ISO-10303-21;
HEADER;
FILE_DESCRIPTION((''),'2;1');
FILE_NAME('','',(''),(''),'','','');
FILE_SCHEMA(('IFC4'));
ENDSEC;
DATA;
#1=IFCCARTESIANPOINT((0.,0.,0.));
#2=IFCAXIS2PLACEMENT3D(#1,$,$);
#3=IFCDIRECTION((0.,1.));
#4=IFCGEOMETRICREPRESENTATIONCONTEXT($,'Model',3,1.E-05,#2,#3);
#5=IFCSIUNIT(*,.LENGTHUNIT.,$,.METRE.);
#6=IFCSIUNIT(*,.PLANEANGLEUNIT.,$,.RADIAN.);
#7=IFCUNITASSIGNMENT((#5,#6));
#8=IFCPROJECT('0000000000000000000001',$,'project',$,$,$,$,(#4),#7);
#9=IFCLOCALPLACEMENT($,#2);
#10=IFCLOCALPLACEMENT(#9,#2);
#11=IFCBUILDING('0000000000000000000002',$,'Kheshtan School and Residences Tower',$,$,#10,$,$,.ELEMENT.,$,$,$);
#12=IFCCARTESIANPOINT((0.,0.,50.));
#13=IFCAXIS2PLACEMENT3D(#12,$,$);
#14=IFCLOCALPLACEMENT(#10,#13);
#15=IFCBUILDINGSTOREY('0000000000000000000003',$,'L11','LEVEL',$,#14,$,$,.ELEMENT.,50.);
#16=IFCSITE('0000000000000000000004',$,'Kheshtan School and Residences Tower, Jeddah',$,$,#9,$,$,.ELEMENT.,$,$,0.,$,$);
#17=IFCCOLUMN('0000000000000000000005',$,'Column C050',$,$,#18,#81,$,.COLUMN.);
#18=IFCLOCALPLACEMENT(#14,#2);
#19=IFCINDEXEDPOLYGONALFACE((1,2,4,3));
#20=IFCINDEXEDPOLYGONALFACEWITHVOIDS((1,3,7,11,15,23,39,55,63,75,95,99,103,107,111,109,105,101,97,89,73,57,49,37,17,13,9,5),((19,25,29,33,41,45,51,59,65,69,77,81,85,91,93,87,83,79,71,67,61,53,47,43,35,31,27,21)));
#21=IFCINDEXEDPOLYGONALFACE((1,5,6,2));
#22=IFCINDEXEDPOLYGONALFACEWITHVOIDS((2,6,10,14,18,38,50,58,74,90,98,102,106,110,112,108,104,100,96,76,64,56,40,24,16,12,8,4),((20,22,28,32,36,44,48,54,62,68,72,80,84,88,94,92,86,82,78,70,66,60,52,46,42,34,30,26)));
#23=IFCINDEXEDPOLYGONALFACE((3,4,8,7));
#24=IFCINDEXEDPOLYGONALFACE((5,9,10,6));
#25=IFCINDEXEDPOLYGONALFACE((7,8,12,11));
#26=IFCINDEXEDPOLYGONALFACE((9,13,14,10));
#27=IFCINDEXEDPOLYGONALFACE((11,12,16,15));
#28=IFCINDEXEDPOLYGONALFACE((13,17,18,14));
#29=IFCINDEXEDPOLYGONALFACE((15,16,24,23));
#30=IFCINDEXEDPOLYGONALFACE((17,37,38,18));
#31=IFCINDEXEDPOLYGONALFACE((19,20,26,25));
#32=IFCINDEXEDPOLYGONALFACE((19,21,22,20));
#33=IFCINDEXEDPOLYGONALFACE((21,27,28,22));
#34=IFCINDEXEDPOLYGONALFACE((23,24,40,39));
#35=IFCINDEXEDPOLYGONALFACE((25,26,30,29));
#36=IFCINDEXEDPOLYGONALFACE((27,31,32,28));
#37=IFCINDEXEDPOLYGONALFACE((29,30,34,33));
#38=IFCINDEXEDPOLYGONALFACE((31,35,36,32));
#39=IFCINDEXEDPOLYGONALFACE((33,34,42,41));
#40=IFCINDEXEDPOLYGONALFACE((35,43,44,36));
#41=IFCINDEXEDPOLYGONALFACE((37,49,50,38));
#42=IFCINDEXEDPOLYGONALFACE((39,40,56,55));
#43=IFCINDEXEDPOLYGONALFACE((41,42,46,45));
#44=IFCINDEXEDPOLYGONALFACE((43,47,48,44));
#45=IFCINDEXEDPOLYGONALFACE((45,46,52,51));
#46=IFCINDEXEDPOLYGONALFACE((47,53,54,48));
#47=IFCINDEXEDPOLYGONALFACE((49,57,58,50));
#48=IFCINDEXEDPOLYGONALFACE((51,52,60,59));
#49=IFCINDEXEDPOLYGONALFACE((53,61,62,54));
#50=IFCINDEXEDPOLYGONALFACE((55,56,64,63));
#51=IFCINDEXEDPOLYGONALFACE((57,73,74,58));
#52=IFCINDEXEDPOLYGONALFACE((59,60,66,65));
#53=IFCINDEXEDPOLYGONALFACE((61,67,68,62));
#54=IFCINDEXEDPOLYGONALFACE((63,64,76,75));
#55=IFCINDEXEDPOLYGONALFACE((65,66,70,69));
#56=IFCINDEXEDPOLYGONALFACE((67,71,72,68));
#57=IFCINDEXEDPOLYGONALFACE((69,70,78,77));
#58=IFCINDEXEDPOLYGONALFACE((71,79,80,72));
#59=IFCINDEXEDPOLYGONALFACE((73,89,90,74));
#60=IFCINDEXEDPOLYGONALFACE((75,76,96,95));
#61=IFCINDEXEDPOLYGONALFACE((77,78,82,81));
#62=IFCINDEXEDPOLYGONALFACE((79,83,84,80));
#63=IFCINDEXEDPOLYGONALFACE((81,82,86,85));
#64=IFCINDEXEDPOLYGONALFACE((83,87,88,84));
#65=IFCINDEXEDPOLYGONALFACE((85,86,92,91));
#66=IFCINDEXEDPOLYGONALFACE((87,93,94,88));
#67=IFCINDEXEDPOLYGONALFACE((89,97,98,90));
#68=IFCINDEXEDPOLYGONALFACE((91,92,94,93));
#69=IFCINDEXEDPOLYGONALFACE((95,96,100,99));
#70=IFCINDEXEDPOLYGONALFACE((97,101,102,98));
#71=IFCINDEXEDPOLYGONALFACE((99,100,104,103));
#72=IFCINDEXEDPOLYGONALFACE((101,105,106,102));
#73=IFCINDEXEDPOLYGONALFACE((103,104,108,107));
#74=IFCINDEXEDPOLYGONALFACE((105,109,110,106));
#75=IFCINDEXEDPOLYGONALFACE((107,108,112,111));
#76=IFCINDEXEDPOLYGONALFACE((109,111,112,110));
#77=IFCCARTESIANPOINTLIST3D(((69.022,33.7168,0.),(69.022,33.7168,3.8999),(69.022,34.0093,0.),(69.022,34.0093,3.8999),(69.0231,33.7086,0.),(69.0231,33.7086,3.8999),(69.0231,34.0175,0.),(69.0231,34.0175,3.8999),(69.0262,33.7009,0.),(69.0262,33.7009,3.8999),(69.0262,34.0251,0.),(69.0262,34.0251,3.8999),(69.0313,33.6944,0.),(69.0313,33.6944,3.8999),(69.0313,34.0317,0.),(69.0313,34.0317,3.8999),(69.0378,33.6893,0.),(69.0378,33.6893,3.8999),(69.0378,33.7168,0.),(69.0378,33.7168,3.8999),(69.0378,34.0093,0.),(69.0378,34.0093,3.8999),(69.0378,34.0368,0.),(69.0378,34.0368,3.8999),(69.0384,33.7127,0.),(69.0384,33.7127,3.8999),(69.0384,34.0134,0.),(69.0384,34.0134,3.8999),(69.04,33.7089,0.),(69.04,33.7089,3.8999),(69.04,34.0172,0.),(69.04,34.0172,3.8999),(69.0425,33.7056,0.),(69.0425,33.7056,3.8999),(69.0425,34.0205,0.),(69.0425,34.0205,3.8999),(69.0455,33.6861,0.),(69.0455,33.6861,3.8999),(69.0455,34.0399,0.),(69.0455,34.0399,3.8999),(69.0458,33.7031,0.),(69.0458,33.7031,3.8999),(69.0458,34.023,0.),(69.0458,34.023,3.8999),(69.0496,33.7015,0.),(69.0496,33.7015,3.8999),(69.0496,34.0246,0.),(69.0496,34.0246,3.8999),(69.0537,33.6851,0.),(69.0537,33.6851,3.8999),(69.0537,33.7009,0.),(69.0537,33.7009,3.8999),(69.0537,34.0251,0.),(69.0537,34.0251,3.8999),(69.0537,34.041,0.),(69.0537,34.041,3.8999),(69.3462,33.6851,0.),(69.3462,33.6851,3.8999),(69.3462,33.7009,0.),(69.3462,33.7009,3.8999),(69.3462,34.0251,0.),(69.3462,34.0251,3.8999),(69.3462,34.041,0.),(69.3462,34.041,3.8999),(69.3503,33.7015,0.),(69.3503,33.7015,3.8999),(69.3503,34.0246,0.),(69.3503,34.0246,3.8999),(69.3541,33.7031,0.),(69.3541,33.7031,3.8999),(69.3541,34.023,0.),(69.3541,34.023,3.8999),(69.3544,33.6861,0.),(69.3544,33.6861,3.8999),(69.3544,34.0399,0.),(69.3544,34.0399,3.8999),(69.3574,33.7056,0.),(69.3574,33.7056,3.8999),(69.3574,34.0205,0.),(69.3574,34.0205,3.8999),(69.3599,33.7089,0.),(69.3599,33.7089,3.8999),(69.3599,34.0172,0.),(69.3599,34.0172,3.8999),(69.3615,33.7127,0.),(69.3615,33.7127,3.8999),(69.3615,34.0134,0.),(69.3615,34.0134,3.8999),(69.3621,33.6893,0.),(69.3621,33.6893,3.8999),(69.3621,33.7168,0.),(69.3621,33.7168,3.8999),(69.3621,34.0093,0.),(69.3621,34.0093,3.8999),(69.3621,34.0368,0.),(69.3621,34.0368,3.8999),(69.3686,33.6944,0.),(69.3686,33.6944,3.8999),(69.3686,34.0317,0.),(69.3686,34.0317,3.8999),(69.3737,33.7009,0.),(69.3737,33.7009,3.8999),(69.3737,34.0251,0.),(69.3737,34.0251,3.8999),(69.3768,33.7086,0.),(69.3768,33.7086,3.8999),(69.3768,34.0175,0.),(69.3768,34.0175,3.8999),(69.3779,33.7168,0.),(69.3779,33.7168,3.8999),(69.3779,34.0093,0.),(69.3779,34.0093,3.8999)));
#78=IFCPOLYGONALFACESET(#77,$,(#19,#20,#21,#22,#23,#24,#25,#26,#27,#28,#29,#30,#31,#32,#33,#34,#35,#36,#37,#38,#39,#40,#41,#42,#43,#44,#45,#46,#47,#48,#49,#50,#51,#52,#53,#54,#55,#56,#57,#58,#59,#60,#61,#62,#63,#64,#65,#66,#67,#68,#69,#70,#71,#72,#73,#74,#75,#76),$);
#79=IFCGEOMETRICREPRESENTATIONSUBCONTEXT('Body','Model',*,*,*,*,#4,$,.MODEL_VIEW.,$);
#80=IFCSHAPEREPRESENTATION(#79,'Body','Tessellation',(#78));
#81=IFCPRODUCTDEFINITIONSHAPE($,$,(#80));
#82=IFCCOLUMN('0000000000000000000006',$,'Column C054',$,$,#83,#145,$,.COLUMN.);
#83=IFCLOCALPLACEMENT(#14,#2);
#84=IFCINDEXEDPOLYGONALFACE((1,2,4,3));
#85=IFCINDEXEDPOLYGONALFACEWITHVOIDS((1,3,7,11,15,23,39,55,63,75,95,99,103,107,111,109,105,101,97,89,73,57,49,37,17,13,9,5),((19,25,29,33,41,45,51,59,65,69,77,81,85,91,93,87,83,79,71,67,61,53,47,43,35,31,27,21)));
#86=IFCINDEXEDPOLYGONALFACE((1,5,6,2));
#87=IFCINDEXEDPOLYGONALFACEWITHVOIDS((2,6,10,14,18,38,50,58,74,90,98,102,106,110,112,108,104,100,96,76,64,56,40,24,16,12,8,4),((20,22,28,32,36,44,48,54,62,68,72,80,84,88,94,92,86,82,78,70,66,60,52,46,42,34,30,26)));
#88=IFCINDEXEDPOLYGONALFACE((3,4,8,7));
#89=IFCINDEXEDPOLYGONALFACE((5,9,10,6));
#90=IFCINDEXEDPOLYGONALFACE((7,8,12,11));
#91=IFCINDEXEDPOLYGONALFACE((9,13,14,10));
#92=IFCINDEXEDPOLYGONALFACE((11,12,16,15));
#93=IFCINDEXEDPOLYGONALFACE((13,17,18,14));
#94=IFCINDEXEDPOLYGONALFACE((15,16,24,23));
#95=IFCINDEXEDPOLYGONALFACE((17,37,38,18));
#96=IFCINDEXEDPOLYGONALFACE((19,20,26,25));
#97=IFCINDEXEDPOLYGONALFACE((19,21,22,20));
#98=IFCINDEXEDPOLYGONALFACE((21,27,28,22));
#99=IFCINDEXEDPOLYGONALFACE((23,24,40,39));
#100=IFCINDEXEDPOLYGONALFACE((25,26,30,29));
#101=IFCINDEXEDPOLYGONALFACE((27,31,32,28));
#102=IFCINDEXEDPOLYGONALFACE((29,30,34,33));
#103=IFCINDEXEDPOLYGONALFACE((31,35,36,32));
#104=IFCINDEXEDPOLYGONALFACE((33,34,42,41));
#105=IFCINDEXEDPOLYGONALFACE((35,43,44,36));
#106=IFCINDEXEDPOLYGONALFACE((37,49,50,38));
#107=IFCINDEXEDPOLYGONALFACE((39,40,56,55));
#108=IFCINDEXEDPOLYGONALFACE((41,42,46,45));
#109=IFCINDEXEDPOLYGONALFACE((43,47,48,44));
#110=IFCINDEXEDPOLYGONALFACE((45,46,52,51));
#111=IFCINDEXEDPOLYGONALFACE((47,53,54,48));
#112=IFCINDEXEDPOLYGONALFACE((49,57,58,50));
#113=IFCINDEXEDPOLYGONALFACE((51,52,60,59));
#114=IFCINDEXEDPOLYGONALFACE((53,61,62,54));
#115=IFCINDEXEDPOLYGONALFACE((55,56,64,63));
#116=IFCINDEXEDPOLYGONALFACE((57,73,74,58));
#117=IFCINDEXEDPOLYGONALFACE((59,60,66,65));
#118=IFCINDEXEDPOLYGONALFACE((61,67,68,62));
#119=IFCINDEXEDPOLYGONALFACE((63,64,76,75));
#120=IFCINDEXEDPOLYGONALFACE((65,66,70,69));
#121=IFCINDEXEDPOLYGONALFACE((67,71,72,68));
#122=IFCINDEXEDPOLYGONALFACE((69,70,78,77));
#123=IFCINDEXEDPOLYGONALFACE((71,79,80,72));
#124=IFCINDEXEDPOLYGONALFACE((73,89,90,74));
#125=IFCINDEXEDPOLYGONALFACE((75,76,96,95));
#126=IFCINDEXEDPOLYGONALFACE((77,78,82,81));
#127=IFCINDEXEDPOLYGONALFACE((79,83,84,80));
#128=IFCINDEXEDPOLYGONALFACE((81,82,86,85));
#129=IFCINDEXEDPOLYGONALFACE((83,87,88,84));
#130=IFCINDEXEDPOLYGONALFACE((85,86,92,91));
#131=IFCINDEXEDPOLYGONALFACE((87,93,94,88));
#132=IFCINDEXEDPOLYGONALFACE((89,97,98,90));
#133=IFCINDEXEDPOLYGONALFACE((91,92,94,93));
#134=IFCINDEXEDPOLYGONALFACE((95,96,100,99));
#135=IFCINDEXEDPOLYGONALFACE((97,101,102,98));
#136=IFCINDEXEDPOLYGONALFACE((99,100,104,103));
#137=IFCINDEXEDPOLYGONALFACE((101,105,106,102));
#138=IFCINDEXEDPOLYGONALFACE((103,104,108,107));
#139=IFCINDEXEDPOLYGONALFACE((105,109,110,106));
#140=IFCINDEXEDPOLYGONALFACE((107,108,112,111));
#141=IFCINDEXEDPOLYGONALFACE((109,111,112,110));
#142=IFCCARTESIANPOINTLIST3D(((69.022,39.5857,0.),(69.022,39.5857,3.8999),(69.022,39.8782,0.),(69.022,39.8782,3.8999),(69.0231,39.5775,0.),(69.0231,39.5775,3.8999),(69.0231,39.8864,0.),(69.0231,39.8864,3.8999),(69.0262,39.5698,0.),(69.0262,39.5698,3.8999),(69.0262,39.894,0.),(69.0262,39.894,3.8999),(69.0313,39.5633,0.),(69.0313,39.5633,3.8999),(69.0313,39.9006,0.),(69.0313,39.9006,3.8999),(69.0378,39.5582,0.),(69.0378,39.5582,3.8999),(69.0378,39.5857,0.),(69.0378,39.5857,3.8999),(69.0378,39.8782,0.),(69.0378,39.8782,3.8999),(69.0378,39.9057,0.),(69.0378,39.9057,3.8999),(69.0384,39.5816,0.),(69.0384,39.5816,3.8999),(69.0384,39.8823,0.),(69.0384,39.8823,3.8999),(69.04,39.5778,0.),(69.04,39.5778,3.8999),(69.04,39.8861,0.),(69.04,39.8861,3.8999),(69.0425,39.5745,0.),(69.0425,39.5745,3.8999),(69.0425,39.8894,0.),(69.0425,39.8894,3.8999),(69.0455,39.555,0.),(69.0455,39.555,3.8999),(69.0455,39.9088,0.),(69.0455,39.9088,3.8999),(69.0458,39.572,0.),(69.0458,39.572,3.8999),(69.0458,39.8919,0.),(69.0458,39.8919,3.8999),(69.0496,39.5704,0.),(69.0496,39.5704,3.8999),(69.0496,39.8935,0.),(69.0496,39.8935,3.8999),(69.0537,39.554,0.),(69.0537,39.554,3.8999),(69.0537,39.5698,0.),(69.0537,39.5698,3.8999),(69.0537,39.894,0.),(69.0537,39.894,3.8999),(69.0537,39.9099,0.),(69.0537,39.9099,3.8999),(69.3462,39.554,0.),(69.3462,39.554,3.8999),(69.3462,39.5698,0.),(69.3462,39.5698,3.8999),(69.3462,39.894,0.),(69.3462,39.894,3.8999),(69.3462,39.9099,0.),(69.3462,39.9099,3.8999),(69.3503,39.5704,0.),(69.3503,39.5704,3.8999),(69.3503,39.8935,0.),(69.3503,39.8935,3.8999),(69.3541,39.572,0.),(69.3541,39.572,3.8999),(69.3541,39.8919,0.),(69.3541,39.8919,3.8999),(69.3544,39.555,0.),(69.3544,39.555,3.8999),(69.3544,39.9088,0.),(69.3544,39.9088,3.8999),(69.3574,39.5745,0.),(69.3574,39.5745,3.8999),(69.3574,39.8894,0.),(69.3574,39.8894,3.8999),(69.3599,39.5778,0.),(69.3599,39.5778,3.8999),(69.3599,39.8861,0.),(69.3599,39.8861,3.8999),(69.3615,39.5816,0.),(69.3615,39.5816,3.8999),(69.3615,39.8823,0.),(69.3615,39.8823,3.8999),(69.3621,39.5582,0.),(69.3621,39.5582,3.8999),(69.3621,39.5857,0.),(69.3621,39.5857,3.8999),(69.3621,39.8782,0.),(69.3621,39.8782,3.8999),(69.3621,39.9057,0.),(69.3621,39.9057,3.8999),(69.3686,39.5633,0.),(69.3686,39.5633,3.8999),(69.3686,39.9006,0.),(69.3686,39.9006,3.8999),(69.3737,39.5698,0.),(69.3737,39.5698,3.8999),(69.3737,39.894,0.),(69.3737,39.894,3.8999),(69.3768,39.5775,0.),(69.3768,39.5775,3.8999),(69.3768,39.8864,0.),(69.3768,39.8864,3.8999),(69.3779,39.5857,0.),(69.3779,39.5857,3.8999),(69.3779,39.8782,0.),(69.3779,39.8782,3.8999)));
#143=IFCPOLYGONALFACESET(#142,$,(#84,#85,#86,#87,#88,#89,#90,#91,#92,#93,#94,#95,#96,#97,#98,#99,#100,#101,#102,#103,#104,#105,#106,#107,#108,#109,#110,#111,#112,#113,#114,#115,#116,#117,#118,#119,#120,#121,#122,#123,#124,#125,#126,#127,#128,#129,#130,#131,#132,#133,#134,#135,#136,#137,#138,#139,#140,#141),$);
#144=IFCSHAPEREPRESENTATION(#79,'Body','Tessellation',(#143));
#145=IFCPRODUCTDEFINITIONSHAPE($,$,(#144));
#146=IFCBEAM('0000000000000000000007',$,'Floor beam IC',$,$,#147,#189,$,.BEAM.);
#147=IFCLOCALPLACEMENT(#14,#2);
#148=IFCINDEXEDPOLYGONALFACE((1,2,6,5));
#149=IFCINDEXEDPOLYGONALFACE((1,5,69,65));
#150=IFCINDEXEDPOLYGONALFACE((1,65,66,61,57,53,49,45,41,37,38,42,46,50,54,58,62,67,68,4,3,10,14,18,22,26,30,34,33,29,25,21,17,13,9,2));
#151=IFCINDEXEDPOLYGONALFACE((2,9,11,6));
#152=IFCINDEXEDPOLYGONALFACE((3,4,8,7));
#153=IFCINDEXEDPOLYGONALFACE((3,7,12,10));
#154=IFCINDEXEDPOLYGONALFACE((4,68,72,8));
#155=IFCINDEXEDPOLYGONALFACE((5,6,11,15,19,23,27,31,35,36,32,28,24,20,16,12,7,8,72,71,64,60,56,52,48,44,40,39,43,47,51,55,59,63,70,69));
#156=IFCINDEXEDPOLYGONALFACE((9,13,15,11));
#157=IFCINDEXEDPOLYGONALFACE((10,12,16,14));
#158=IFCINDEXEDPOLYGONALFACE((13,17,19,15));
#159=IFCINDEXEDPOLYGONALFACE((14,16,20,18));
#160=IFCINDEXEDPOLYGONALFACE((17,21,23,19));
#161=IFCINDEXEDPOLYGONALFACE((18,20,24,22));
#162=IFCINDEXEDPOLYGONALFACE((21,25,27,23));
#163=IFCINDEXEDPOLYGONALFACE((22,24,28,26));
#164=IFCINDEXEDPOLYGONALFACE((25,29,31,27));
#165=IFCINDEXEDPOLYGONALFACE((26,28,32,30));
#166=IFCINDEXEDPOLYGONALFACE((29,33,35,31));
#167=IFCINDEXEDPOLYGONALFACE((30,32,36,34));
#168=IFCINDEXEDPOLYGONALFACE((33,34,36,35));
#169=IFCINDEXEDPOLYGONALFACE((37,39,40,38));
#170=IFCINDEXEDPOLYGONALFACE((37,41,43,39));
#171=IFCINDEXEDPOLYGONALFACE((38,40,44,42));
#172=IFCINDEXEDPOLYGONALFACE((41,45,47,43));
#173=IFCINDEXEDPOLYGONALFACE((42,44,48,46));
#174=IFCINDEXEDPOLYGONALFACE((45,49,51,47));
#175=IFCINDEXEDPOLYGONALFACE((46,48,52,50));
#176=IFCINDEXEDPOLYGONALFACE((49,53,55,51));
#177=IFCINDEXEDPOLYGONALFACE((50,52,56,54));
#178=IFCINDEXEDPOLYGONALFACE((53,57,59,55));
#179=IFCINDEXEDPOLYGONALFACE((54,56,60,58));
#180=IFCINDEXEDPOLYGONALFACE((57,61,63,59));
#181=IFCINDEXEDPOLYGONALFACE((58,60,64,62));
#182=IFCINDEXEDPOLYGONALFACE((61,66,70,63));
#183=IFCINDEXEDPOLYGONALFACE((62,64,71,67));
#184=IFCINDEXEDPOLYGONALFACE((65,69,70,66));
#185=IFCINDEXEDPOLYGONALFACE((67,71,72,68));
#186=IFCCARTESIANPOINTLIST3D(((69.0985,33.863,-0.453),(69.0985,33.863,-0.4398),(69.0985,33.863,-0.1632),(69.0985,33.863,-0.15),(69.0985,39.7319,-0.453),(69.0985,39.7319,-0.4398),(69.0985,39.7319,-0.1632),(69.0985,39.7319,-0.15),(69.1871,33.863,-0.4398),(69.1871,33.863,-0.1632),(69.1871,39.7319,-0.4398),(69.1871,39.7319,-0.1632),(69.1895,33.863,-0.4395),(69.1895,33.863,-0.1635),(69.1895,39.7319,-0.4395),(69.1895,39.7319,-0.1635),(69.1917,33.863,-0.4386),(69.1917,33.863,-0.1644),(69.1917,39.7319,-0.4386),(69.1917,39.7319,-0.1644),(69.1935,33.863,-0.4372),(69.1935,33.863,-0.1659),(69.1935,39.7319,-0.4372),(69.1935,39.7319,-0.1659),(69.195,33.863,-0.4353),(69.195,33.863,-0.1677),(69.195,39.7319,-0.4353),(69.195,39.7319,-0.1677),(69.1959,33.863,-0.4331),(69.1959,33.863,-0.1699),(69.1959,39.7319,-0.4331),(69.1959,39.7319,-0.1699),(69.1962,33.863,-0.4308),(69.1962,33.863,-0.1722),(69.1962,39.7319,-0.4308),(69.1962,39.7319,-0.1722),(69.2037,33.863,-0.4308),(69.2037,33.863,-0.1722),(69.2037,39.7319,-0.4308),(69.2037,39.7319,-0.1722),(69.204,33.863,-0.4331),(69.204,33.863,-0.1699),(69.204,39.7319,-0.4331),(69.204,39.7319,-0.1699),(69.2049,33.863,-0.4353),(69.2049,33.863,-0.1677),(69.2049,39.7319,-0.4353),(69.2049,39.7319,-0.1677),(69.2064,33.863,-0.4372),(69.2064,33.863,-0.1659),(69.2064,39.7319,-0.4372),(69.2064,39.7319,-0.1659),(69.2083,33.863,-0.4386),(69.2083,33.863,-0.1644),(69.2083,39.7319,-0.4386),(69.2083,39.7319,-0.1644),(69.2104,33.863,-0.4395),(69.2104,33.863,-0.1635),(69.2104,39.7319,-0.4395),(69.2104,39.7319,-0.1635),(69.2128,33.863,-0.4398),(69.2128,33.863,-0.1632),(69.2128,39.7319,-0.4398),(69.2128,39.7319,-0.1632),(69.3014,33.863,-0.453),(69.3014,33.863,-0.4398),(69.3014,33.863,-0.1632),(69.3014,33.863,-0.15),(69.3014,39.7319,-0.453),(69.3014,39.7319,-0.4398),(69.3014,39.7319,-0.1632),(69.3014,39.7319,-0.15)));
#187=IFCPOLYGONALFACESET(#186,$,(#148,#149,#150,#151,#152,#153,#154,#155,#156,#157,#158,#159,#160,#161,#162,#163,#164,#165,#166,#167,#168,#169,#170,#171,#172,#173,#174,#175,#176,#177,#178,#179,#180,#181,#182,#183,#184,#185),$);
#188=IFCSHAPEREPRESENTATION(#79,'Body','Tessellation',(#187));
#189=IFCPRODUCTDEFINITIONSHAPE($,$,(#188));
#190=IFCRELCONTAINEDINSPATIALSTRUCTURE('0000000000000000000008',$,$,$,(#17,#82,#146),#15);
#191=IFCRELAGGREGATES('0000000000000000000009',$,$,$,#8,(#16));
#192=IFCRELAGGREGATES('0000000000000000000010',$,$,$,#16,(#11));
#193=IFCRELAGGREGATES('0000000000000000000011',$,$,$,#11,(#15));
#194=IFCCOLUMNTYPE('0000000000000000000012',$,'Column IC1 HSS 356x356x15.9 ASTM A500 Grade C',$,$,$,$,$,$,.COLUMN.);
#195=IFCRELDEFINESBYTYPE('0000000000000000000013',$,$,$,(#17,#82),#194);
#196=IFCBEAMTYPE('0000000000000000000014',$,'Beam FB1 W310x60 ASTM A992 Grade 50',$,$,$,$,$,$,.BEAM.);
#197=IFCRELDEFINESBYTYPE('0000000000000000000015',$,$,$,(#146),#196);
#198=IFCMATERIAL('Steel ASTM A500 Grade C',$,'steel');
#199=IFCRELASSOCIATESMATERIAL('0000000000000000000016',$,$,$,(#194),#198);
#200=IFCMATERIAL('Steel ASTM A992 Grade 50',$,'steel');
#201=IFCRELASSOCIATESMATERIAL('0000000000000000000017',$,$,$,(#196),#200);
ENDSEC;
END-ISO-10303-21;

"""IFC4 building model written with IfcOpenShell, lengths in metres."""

from ifc_helpers import new_model, si_unit, direction, frame, origin, origin_2d, place, context, subcontext, project, spatial, hollow_rectangle, i_section, extrude, material, material_profile, profile_set, type_object, element, save


model = new_model("IFC4")

# Units and contexts
model_context = context("Model", 3, precision=1e-05, world=origin(), true_north=direction((0.0, 1.0)))
body_context = subcontext(model_context, "Body", "Model", "MODEL_VIEW")
ifc_project = project(units=[si_unit("LENGTHUNIT", "METRE"), si_unit("PLANEANGLEUNIT", "RADIAN")], contexts=[model_context])

# Site, building, storey
site_placement = place(None, origin())
site = spatial("IfcSite", under=ifc_project, at=site_placement, Name="Kheshtan School and Residences Tower, Jeddah", CompositionType="ELEMENT", RefElevation=0.0)
building_placement = place(site_placement, origin())
building = spatial("IfcBuilding", under=site, at=building_placement, Name="Kheshtan School and Residences Tower", CompositionType="ELEMENT")
storey_placement = place(building_placement, frame((0.0, 0.0, 50.0)))
storey = spatial("IfcBuildingStorey", under=building, at=storey_placement, Name="L11", Description="LEVEL", CompositionType="ELEMENT", Elevation=50.0)

# Columns
ifc_material_1 = material(Name="Steel ASTM A500 Grade C", Category="steel")
ifc_material_profile_1 = material_profile(ifc_material_1, hollow_rectangle(XDim=0.356, YDim=0.356, WallThickness=0.0159, InnerFilletRadius=0.0159, OuterFilletRadius=0.0317, at=origin_2d()), Name="HSS 356x356x15.9")
ifc_profile_set_1 = profile_set([ifc_material_profile_1], Name="Steel ASTM A500 Grade C")
column_type = type_object("IfcColumnType", Name="Column IC1 HSS 356x356x15.9 ASTM A500 Grade C", PredefinedType="COLUMN", material=ifc_profile_set_1)
for number, where, z_axis, x_axis, name in (
    (1, (69.2, 33.863, 0.0), (0.0, 0.0, 1.0), (1.0, 0.0, 0.0), "Column C050"),
    (2, (69.2, 39.7319, 0.0), (0.0, 0.0, 1.0), (1.0, 0.0, 0.0), "Column C054"),
):
    element("IfcColumn", number, at=place(storey_placement, frame(where, z_axis=z_axis, x_axis=x_axis)), inside=storey, type_object=column_type, Name=name, PredefinedType="COLUMN", context=body_context, shape_type="SweptSolid", body=[
        extrude(hollow_rectangle(XDim=0.356, YDim=0.356, WallThickness=0.0159, InnerFilletRadius=0.0159, OuterFilletRadius=0.0317, at=origin_2d()), origin(), (0.0, 0.0, 1.0), 3.8999),
    ])

# Beam
ifc_material_2 = material(Name="Steel ASTM A992 Grade 50", Category="steel")
ifc_material_profile_2 = material_profile(ifc_material_2, i_section(OverallWidth=0.2029, OverallDepth=0.303, WebThickness=0.0076, FlangeThickness=0.0132, FilletRadius=0.009, at=origin_2d()), Name="W310x60")
ifc_profile_set_2 = profile_set([ifc_material_profile_2], Name="Steel ASTM A992 Grade 50")
beam_type = type_object("IfcBeamType", Name="Beam FB1 W310x60 ASTM A992 Grade 50", PredefinedType="BEAM", material=ifc_profile_set_2)
beam_placement = place(storey_placement, frame((69.2, 33.863, -0.3015), z_axis=(0.0, 1.0, 0.0), x_axis=(-1.0, 0.0, 0.0)))
element("IfcBeam", 3, at=beam_placement, inside=storey, type_object=beam_type, Name="Floor beam IC", PredefinedType="BEAM", context=body_context, shape_type="SweptSolid", body=[
    extrude(i_section(OverallWidth=0.2029, OverallDepth=0.303, WebThickness=0.0076, FlangeThickness=0.0132, FilletRadius=0.009, at=origin_2d()), origin(), (0.0, 0.0, 1.0), 5.8689),
])

save(model, "model.ifc")
